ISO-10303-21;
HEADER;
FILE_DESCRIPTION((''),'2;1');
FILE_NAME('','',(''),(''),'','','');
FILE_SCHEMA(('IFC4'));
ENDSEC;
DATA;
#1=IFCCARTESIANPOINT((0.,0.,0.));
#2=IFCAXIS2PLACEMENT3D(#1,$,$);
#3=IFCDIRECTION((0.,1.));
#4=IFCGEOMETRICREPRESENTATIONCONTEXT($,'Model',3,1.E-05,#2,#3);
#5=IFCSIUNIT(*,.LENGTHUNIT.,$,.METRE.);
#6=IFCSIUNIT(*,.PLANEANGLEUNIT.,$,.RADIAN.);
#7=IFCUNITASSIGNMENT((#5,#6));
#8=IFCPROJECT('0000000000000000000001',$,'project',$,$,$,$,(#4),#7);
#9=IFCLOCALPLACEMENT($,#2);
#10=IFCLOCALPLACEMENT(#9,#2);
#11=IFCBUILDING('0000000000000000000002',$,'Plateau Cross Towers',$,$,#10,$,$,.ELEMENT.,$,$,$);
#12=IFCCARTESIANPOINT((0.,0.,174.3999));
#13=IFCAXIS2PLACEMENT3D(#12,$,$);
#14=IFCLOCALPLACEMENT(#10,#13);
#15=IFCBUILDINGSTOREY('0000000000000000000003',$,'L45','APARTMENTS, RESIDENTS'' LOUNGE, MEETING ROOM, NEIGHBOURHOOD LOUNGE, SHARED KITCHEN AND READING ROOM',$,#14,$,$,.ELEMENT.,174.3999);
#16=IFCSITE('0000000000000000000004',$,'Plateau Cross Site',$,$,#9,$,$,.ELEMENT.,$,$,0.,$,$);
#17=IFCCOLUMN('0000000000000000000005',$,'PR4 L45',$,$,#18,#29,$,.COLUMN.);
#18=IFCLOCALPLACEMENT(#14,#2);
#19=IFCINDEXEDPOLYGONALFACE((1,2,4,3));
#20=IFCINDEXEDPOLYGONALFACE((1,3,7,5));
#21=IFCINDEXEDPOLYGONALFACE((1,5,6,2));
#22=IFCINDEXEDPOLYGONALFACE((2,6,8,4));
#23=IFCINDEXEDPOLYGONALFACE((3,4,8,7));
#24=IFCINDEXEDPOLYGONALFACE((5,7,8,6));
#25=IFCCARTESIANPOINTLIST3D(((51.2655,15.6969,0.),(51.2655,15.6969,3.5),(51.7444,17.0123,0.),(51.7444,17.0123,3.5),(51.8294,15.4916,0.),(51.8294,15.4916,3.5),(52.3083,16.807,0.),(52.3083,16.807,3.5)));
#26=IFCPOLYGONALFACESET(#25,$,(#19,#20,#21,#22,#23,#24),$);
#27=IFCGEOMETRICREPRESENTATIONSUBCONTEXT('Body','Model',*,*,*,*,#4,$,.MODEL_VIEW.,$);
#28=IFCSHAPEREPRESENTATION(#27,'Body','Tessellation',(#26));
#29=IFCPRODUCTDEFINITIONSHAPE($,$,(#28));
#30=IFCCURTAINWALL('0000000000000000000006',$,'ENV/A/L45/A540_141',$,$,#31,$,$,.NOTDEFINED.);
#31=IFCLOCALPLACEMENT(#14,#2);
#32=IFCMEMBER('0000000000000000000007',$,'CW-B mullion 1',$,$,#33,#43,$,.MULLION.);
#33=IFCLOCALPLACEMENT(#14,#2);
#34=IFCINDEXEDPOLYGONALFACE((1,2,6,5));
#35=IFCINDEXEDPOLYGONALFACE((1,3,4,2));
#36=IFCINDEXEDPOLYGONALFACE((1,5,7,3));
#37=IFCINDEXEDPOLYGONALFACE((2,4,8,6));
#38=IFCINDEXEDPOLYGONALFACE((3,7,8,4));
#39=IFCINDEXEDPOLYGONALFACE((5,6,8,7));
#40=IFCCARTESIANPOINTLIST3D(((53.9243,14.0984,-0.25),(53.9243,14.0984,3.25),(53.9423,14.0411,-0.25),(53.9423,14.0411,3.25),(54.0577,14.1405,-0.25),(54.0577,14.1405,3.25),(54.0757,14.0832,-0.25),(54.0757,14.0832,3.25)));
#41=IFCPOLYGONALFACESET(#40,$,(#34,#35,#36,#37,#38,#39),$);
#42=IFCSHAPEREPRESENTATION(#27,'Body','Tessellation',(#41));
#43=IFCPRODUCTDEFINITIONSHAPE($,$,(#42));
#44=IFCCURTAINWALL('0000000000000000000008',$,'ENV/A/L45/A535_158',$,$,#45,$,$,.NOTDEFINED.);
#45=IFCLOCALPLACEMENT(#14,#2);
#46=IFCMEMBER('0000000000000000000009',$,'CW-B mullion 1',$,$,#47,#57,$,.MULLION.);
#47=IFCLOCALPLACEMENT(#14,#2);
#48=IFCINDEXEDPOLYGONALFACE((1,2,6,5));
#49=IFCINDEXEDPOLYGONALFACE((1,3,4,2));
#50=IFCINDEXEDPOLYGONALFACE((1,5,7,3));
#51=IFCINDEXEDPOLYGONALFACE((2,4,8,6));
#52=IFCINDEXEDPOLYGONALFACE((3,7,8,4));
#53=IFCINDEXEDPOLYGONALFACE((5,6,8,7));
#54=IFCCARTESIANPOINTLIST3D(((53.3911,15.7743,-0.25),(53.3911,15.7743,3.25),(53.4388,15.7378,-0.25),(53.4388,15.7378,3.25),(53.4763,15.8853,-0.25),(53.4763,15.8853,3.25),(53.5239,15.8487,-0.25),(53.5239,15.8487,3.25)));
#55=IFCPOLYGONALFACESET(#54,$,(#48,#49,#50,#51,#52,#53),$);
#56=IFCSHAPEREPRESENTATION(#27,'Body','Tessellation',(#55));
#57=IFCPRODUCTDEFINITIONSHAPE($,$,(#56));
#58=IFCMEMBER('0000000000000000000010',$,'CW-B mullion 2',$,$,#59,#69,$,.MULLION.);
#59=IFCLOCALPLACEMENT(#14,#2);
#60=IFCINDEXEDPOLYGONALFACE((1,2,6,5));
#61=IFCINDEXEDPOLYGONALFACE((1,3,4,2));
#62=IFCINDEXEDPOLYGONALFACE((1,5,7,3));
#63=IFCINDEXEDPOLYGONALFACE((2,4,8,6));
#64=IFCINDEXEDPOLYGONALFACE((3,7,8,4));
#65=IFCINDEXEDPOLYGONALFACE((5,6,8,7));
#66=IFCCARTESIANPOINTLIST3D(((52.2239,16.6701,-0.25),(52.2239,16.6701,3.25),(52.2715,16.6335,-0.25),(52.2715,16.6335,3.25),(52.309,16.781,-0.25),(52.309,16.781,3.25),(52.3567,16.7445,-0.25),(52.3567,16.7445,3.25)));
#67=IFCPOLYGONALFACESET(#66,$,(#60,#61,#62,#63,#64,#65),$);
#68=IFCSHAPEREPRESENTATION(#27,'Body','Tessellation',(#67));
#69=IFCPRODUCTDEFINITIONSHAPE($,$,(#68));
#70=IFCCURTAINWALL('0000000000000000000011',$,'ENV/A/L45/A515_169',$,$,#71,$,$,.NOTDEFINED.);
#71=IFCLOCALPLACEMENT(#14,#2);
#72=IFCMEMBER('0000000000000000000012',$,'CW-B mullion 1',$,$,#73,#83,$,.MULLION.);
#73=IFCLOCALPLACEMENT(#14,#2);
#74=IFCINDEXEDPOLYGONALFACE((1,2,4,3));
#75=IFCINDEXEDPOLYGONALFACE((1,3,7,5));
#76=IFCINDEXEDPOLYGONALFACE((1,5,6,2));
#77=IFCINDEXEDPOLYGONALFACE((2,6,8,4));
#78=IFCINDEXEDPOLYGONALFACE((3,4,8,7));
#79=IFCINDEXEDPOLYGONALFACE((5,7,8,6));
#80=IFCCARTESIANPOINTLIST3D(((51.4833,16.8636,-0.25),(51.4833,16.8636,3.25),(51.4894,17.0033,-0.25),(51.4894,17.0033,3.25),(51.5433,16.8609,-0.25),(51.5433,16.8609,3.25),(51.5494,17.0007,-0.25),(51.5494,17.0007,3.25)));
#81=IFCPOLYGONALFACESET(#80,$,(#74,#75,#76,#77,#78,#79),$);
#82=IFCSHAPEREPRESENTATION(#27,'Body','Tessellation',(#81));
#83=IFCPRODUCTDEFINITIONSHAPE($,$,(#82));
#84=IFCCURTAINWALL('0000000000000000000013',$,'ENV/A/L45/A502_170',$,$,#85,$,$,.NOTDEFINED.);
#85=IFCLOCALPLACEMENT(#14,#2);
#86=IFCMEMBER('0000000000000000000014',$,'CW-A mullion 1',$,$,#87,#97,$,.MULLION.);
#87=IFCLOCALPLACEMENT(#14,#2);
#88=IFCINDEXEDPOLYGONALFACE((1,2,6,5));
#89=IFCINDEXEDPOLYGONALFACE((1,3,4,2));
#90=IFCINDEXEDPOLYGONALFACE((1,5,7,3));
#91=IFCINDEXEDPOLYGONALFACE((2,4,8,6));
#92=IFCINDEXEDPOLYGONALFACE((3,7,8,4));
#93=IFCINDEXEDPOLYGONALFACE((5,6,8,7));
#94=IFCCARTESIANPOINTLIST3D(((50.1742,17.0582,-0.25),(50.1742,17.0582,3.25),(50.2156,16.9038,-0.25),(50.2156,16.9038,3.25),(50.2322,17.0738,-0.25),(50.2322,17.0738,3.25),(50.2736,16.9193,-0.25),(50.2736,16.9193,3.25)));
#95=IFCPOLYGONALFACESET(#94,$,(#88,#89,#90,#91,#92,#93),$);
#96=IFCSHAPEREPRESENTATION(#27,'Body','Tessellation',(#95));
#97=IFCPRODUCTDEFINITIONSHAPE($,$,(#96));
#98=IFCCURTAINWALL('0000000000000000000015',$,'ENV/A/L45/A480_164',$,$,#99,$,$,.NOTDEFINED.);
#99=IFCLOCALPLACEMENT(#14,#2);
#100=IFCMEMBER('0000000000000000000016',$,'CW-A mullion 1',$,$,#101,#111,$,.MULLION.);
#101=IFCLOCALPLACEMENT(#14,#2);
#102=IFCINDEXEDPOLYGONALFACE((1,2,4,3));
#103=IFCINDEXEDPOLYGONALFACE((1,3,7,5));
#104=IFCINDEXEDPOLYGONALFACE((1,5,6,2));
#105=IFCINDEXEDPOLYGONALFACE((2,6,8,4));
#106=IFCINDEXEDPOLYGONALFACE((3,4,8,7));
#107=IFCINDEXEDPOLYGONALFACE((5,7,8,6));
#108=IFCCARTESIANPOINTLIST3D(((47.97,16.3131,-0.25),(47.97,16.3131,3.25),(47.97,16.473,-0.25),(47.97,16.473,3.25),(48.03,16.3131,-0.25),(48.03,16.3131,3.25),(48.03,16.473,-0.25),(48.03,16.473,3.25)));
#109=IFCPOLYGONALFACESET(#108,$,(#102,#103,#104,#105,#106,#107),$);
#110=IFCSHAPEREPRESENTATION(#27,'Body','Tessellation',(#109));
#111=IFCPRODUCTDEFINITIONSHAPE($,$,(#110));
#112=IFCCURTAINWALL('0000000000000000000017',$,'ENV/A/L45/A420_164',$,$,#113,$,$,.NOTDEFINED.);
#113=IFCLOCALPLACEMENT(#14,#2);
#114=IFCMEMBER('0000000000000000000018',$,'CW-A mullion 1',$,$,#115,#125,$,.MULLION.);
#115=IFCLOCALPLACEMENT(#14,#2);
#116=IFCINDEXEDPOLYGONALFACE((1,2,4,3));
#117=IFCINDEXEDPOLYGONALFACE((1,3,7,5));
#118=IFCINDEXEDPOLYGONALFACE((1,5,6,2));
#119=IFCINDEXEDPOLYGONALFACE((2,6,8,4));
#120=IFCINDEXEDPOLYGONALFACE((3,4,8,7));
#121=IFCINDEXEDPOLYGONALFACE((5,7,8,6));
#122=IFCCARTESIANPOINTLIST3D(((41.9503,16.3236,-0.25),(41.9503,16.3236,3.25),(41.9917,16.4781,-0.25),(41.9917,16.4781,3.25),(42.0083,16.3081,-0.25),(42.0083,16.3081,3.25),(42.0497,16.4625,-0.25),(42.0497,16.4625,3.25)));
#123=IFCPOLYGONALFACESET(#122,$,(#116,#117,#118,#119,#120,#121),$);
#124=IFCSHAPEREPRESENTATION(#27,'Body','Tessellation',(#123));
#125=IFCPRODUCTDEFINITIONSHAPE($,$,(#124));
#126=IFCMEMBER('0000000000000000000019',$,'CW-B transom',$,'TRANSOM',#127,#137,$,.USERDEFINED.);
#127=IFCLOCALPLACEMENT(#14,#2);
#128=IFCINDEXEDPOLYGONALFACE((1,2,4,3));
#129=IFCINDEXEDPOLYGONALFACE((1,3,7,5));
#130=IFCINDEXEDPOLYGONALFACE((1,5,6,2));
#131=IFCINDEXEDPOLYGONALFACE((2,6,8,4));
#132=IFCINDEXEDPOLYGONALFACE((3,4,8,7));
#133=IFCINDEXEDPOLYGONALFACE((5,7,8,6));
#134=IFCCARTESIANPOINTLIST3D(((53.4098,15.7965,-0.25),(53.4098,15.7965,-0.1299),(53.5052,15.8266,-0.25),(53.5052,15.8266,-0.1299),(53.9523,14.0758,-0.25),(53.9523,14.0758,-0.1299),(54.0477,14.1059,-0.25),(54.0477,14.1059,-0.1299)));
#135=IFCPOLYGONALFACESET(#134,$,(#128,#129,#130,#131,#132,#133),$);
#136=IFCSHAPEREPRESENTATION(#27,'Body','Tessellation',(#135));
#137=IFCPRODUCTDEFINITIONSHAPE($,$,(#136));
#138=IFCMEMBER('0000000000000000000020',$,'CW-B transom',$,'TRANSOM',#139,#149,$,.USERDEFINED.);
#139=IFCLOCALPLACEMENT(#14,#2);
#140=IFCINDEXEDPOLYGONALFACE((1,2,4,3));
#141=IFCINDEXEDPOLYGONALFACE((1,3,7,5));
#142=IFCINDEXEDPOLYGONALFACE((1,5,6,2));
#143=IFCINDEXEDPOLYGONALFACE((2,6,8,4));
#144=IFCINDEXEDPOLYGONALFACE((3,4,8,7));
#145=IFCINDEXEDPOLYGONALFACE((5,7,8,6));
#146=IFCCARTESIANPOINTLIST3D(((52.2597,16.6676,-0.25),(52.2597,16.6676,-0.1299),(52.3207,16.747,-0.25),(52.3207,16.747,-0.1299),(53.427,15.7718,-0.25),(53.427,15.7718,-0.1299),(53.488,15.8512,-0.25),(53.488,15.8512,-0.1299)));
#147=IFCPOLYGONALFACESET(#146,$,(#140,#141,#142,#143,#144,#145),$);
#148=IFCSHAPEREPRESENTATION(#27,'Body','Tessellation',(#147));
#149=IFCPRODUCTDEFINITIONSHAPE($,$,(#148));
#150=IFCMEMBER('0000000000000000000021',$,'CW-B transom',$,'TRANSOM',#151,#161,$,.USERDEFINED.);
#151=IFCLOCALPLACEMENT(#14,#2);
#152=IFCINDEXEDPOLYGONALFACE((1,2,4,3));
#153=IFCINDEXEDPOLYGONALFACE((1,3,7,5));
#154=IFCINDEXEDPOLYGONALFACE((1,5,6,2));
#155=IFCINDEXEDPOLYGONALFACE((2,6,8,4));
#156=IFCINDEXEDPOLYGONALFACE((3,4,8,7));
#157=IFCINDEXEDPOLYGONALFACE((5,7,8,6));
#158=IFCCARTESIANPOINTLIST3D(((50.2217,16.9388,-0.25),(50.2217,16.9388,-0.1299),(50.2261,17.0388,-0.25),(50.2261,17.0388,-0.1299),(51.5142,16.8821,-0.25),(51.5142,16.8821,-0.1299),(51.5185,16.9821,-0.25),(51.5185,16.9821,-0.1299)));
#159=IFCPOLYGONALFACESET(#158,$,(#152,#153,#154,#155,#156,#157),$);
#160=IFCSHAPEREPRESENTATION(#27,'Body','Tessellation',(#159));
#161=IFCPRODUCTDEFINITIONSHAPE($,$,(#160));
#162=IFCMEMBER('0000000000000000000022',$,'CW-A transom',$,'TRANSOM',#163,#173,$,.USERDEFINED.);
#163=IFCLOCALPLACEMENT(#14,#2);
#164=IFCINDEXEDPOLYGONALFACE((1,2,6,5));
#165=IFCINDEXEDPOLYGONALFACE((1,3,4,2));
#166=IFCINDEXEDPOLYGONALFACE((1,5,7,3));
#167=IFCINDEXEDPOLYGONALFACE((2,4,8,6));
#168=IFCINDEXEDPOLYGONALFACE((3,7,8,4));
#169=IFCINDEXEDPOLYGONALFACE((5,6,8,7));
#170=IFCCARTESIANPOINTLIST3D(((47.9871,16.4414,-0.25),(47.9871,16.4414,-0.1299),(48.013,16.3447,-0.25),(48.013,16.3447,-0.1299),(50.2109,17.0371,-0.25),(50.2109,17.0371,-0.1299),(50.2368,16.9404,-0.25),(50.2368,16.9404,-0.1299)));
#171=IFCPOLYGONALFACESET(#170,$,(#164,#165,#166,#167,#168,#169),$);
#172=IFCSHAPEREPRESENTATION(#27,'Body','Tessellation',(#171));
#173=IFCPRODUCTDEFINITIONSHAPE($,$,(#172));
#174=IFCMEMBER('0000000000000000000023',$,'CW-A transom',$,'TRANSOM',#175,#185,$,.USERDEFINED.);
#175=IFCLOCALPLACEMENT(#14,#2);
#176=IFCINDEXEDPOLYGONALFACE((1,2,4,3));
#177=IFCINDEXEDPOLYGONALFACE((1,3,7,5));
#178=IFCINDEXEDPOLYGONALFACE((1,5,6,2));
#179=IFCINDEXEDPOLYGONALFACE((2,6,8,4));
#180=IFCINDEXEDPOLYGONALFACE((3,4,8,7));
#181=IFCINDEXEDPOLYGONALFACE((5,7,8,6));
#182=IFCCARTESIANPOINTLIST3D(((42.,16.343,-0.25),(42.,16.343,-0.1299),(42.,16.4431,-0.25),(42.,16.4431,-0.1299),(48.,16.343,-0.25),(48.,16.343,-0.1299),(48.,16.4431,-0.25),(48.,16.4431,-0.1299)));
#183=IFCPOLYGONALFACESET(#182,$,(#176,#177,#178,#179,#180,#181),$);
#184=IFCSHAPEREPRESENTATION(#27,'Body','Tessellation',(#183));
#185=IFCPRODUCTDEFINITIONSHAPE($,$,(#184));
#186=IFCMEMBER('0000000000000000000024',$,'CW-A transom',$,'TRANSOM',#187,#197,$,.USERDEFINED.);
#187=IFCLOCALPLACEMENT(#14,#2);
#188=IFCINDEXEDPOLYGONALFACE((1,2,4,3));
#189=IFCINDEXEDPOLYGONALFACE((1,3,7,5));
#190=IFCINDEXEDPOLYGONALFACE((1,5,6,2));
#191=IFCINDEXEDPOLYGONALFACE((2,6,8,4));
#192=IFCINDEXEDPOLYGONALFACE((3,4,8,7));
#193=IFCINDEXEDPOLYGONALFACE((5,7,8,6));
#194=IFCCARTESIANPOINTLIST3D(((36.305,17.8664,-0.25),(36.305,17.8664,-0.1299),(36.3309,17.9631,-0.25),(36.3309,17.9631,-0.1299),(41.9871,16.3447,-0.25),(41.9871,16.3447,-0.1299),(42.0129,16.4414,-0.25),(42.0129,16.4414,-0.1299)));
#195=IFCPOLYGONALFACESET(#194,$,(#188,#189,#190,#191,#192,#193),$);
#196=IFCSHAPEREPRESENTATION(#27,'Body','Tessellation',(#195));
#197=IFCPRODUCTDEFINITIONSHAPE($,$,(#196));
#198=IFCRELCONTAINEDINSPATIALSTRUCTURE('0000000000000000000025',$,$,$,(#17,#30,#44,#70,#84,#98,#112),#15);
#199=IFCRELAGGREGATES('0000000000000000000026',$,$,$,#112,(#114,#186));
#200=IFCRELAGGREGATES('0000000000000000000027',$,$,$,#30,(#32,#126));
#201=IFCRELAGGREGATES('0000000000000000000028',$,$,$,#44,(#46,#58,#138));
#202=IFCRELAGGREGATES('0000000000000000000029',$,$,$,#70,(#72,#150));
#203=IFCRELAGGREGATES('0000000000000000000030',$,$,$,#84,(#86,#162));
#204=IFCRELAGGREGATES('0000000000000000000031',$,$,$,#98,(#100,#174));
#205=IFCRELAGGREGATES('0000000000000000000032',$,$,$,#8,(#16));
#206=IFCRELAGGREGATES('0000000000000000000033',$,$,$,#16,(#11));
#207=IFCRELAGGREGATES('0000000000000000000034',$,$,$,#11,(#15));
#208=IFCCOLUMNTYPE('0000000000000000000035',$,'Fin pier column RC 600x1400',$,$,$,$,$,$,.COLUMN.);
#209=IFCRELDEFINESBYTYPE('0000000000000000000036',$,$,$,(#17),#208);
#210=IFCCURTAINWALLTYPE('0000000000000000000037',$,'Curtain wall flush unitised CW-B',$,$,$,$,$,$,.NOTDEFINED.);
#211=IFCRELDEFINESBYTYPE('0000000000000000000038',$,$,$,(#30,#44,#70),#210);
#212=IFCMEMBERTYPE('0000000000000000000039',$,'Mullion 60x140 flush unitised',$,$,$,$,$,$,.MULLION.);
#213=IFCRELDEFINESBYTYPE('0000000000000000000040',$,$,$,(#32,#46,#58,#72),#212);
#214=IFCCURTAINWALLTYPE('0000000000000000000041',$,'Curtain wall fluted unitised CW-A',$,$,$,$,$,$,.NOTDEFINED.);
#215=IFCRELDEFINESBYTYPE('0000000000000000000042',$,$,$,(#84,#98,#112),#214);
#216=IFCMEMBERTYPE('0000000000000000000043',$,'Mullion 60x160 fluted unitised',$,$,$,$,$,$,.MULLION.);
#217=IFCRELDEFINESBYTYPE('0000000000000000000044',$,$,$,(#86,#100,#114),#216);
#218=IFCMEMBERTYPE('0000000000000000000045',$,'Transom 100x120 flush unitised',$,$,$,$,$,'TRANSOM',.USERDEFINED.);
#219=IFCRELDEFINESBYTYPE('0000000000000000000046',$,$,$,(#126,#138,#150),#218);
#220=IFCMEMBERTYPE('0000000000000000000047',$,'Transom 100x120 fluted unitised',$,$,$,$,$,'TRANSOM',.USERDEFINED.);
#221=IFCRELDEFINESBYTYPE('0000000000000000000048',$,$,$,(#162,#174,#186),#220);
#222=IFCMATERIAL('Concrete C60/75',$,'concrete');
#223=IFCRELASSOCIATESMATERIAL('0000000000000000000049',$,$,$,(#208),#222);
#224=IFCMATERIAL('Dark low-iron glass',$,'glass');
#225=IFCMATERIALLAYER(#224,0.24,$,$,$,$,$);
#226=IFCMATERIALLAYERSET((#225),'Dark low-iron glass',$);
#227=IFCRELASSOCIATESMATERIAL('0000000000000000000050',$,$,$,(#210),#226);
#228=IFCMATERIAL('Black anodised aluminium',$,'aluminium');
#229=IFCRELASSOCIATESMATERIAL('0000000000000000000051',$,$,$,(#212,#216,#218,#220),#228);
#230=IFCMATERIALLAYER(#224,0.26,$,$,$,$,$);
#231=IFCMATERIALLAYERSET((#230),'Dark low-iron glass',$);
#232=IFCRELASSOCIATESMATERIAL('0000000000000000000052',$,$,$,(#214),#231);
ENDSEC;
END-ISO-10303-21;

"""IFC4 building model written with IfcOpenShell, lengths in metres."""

from ifc_helpers import new_model, si_unit, direction, frame, origin, origin_2d, place, context, subcontext, project, spatial, rectangle, extrude, material, layer, layer_set, material_profile, profile_set, type_object, element, aggregate, save


model = new_model("IFC4")

# Units and contexts
model_context = context("Model", 3, precision=1e-05, world=origin(), true_north=direction((0.0, 1.0)))
body_context = subcontext(model_context, "Body", "Model", "MODEL_VIEW")
ifc_project = project(units=[si_unit("LENGTHUNIT", "METRE"), si_unit("PLANEANGLEUNIT", "RADIAN")], contexts=[model_context])

# Site, building, storey
site_placement = place(None, origin())
site = spatial("IfcSite", under=ifc_project, at=site_placement, Name="Plateau Cross Site", CompositionType="ELEMENT", RefElevation=0.0)
building_placement = place(site_placement, origin())
building = spatial("IfcBuilding", under=site, at=building_placement, Name="Plateau Cross Towers", CompositionType="ELEMENT")
storey_placement = place(building_placement, frame((0.0, 0.0, 174.3999)))
storey = spatial("IfcBuildingStorey", under=building, at=storey_placement, Name="L45", Description="APARTMENTS, RESIDENTS' LOUNGE, MEETING ROOM, NEIGHBOURHOOD LOUNGE, SHARED KITCHEN AND READING ROOM", CompositionType="ELEMENT", Elevation=174.3999)

# Column
ifc_material_1 = material(Name="Concrete C60/75", Category="concrete")
ifc_material_profile_1 = material_profile(ifc_material_1, rectangle(XDim=0.6001, YDim=1.3999, at=origin_2d()), Name="RC 600x1400")
ifc_profile_set_1 = profile_set([ifc_material_profile_1], Name="Concrete C60/75")
column_type = type_object("IfcColumnType", Name="Fin pier column RC 600x1400", PredefinedType="COLUMN", material=ifc_profile_set_1)
column_placement = place(storey_placement, frame((51.7869, 16.252, 0.0), z_axis=(0.0, 0.0, 1.0), x_axis=(-0.939664, 0.342098, 0.0)))
element("IfcColumn", 1, at=column_placement, inside=storey, type_object=column_type, Name="PR4 L45", PredefinedType="COLUMN", context=body_context, shape_type="SweptSolid", body=[
    extrude(rectangle(XDim=0.6001, YDim=1.3999, at=origin_2d()), origin(), (0.0, 0.0, 1.0), 3.5),
])

# Curtain wall, member
ifc_material_2 = material(Name="Dark low-iron glass", Category="glass")
ifc_layer_1 = layer(ifc_material_2, 0.24)
ifc_layer_set_1 = layer_set([ifc_layer_1], Name="Dark low-iron glass")
curtain_wall_type_1 = type_object("IfcCurtainWallType", Name="Curtain wall flush unitised CW-B", PredefinedType="NOTDEFINED", material=ifc_layer_set_1)
curtain_wall_1_placement = place(storey_placement, origin())
curtain_wall_1 = element("IfcCurtainWall", 2, at=curtain_wall_1_placement, inside=storey, type_object=curtain_wall_type_1, Name="ENV/A/L45/A540_141", PredefinedType="NOTDEFINED")
ifc_material_3 = material(Name="Black anodised aluminium", Category="aluminium")
ifc_material_profile_2 = material_profile(ifc_material_3, rectangle(XDim=0.0601, YDim=0.1399, at=origin_2d()), Name="MULLION 60x140")
ifc_profile_set_2 = profile_set([ifc_material_profile_2], Name="Black anodised aluminium")
member_type_1 = type_object("IfcMemberType", Name="Mullion 60x140 flush unitised", PredefinedType="MULLION", material=ifc_profile_set_2)
member_1_placement = place(storey_placement, frame((54.0, 14.0908, -0.25), z_axis=(0.0, 0.0, 1.0), x_axis=(-0.300686, 0.953723, 0.0)))
member_1 = element("IfcMember", 3, at=member_1_placement, type_object=member_type_1, Name="CW-B mullion 1", PredefinedType="MULLION", context=body_context, shape_type="SweptSolid", body=[
    extrude(rectangle(XDim=0.0601, YDim=0.1399, at=origin_2d()), origin(), (0.0, 0.0, 1.0), 3.5),
])

# Curtain wall, members
curtain_wall_2_placement = place(storey_placement, origin())
curtain_wall_2 = element("IfcCurtainWall", 4, at=curtain_wall_2_placement, inside=storey, type_object=curtain_wall_type_1, Name="ENV/A/L45/A535_158", PredefinedType="NOTDEFINED")
member_2_placement = place(storey_placement, frame((53.4575, 15.8115, -0.25), z_axis=(0.0, 0.0, 1.0), x_axis=(-0.793316, 0.608811, 0.0)))
member_2 = element("IfcMember", 5, at=member_2_placement, type_object=member_type_1, Name="CW-B mullion 1", PredefinedType="MULLION", context=body_context, shape_type="SweptSolid", body=[
    extrude(rectangle(XDim=0.0601, YDim=0.1399, at=origin_2d()), origin(), (0.0, 0.0, 1.0), 3.5),
])
member_3_placement = place(storey_placement, frame((52.2903, 16.7073, -0.25), z_axis=(0.0, 0.0, 1.0), x_axis=(-0.793316, 0.608811, 0.0)))
member_3 = element("IfcMember", 6, at=member_3_placement, type_object=member_type_1, Name="CW-B mullion 2", PredefinedType="MULLION", context=body_context, shape_type="SweptSolid", body=[
    extrude(rectangle(XDim=0.0601, YDim=0.1399, at=origin_2d()), origin(), (0.0, 0.0, 1.0), 3.5),
])

# Curtain walls, members
curtain_wall_3_placement = place(storey_placement, origin())
curtain_wall_3 = element("IfcCurtainWall", 7, at=curtain_wall_3_placement, inside=storey, type_object=curtain_wall_type_1, Name="ENV/A/L45/A515_169", PredefinedType="NOTDEFINED")
member_4_placement = place(storey_placement, frame((51.5164, 16.9321, -0.25), z_axis=(0.0, 0.0, 1.0), x_axis=(-0.999044, 0.043723, 0.0)))
member_4 = element("IfcMember", 8, at=member_4_placement, type_object=member_type_1, Name="CW-B mullion 1", PredefinedType="MULLION", context=body_context, shape_type="SweptSolid", body=[
    extrude(rectangle(XDim=0.0601, YDim=0.1399, at=origin_2d()), origin(), (0.0, 0.0, 1.0), 3.5),
])
ifc_layer_2 = layer(ifc_material_2, 0.26)
ifc_layer_set_2 = layer_set([ifc_layer_2], Name="Dark low-iron glass")
curtain_wall_type_2 = type_object("IfcCurtainWallType", Name="Curtain wall fluted unitised CW-A", PredefinedType="NOTDEFINED", material=ifc_layer_set_2)
curtain_wall_4_placement = place(storey_placement, origin())
curtain_wall_4 = element("IfcCurtainWall", 9, at=curtain_wall_4_placement, inside=storey, type_object=curtain_wall_type_2, Name="ENV/A/L45/A502_170", PredefinedType="NOTDEFINED")
ifc_material_profile_3 = material_profile(ifc_material_3, rectangle(XDim=0.0601, YDim=0.1599, at=origin_2d()), Name="MULLION 60x160")
ifc_profile_set_3 = profile_set([ifc_material_profile_3], Name="Black anodised aluminium")
member_type_2 = type_object("IfcMemberType", Name="Mullion 60x160 fluted unitised", PredefinedType="MULLION", material=ifc_profile_set_3)
member_5_placement = place(storey_placement, frame((50.2239, 16.9888, -0.25), z_axis=(0.0, 0.0, 1.0), x_axis=(-0.965958, -0.258699, 0.0)))
member_5 = element("IfcMember", 10, at=member_5_placement, type_object=member_type_2, Name="CW-A mullion 1", PredefinedType="MULLION", context=body_context, shape_type="SweptSolid", body=[
    extrude(rectangle(XDim=0.0601, YDim=0.1599, at=origin_2d()), origin(), (0.0, 0.0, 1.0), 3.5),
])
curtain_wall_5_placement = place(storey_placement, origin())
curtain_wall_5 = element("IfcCurtainWall", 11, at=curtain_wall_5_placement, inside=storey, type_object=curtain_wall_type_2, Name="ENV/A/L45/A480_164", PredefinedType="NOTDEFINED")
member_6_placement = place(storey_placement, frame((48.0, 16.3931, -0.25), z_axis=(0.0, 0.0, 1.0), x_axis=(-1.0, 0.0, 0.0)))
member_6 = element("IfcMember", 12, at=member_6_placement, type_object=member_type_2, Name="CW-A mullion 1", PredefinedType="MULLION", context=body_context, shape_type="SweptSolid", body=[
    extrude(rectangle(XDim=0.0601, YDim=0.1599, at=origin_2d()), origin(), (0.0, 0.0, 1.0), 3.5),
])
curtain_wall_6_placement = place(storey_placement, origin())
curtain_wall_6 = element("IfcCurtainWall", 13, at=curtain_wall_6_placement, inside=storey, type_object=curtain_wall_type_2, Name="ENV/A/L45/A420_164", PredefinedType="NOTDEFINED")
member_7_placement = place(storey_placement, frame((42.0, 16.3931, -0.25), z_axis=(0.0, 0.0, 1.0), x_axis=(-0.965958, 0.258699, 0.0)))
member_7 = element("IfcMember", 14, at=member_7_placement, type_object=member_type_2, Name="CW-A mullion 1", PredefinedType="MULLION", context=body_context, shape_type="SweptSolid", body=[
    extrude(rectangle(XDim=0.0601, YDim=0.1599, at=origin_2d()), origin(), (0.0, 0.0, 1.0), 3.5),
])

# Members
ifc_material_profile_4 = material_profile(ifc_material_3, rectangle(XDim=0.1001, YDim=0.1201, at=origin_2d()), Name="TRANSOM 100x120")
ifc_profile_set_4 = profile_set([ifc_material_profile_4], Name="Black anodised aluminium")
member_type_3 = type_object("IfcMemberType", Name="Transom 100x120 flush unitised", ElementType="TRANSOM", PredefinedType="USERDEFINED", material=ifc_profile_set_4)
member_8_placement = place(storey_placement, frame((54.0, 14.0908, -0.1899), z_axis=(-0.300678, 0.953726, 0.0), x_axis=(-0.953726, -0.300678, 0.0)))
member_8 = element("IfcMember", 15, at=member_8_placement, type_object=member_type_3, Name="CW-B transom", ObjectType="TRANSOM", PredefinedType="USERDEFINED", context=body_context, shape_type="SweptSolid", body=[
    extrude(rectangle(XDim=0.1001, YDim=0.1201, at=origin_2d()), origin(), (0.0, 0.0, 1.0), 1.8042),
])
member_9_placement = place(storey_placement, frame((53.4575, 15.8115, -0.1899), z_axis=(-0.793321, 0.608804, 0.0), x_axis=(-0.608804, -0.793321, 0.0)))
member_9 = element("IfcMember", 16, at=member_9_placement, type_object=member_type_3, Name="CW-B transom", ObjectType="TRANSOM", PredefinedType="USERDEFINED", context=body_context, shape_type="SweptSolid", body=[
    extrude(rectangle(XDim=0.1001, YDim=0.1201, at=origin_2d()), origin(), (0.0, 0.0, 1.0), 1.4714),
])
member_10_placement = place(storey_placement, frame((51.5164, 16.9321, -0.1899), z_axis=(-0.999041, 0.043781, 0.0), x_axis=(-0.043781, -0.999041, 0.0)))
member_10 = element("IfcMember", 17, at=member_10_placement, type_object=member_type_3, Name="CW-B transom", ObjectType="TRANSOM", PredefinedType="USERDEFINED", context=body_context, shape_type="SweptSolid", body=[
    extrude(rectangle(XDim=0.1001, YDim=0.1201, at=origin_2d()), origin(), (0.0, 0.0, 1.0), 1.2937),
])
ifc_material_profile_5 = material_profile(ifc_material_3, rectangle(XDim=0.1001, YDim=0.1201, at=origin_2d()), Name="TRANSOM 100x120")
ifc_profile_set_5 = profile_set([ifc_material_profile_5], Name="Black anodised aluminium")
member_type_4 = type_object("IfcMemberType", Name="Transom 100x120 fluted unitised", ElementType="TRANSOM", PredefinedType="USERDEFINED", material=ifc_profile_set_5)
member_11_placement = place(storey_placement, frame((50.2239, 16.9888, -0.1899), z_axis=(-0.965946, -0.258745, 0.0), x_axis=(0.258745, -0.965946, 0.0)))
member_11 = element("IfcMember", 18, at=member_11_placement, type_object=member_type_4, Name="CW-A transom", ObjectType="TRANSOM", PredefinedType="USERDEFINED", context=body_context, shape_type="SweptSolid", body=[
    extrude(rectangle(XDim=0.1001, YDim=0.1201, at=origin_2d()), origin(), (0.0, 0.0, 1.0), 2.3022),
])
member_12_placement = place(storey_placement, frame((48.0, 16.3931, -0.1899), z_axis=(-1.0, 0.0, 0.0), x_axis=(0.0, -1.0, 0.0)))
member_12 = element("IfcMember", 19, at=member_12_placement, type_object=member_type_4, Name="CW-A transom", ObjectType="TRANSOM", PredefinedType="USERDEFINED", context=body_context, shape_type="SweptSolid", body=[
    extrude(rectangle(XDim=0.1001, YDim=0.1201, at=origin_2d()), origin(), (0.0, 0.0, 1.0), 6.0),
])
member_13_placement = place(storey_placement, frame((42.0, 16.3931, -0.1899), z_axis=(-0.96596, 0.258693, 0.0), x_axis=(-0.258693, -0.96596, 0.0)))
member_13 = element("IfcMember", 20, at=member_13_placement, type_object=member_type_4, Name="CW-A transom", ObjectType="TRANSOM", PredefinedType="USERDEFINED", context=body_context, shape_type="SweptSolid", body=[
    extrude(rectangle(XDim=0.1001, YDim=0.1201, at=origin_2d()), origin(), (0.0, 0.0, 1.0), 5.8823),
])
aggregate(curtain_wall_6, [member_7, member_13])

aggregate(curtain_wall_1, [member_1, member_8])
aggregate(curtain_wall_2, [member_2, member_3, member_9])
aggregate(curtain_wall_3, [member_4, member_10])
aggregate(curtain_wall_4, [member_5, member_11])
aggregate(curtain_wall_5, [member_6, member_12])

save(model, "model.ifc")
